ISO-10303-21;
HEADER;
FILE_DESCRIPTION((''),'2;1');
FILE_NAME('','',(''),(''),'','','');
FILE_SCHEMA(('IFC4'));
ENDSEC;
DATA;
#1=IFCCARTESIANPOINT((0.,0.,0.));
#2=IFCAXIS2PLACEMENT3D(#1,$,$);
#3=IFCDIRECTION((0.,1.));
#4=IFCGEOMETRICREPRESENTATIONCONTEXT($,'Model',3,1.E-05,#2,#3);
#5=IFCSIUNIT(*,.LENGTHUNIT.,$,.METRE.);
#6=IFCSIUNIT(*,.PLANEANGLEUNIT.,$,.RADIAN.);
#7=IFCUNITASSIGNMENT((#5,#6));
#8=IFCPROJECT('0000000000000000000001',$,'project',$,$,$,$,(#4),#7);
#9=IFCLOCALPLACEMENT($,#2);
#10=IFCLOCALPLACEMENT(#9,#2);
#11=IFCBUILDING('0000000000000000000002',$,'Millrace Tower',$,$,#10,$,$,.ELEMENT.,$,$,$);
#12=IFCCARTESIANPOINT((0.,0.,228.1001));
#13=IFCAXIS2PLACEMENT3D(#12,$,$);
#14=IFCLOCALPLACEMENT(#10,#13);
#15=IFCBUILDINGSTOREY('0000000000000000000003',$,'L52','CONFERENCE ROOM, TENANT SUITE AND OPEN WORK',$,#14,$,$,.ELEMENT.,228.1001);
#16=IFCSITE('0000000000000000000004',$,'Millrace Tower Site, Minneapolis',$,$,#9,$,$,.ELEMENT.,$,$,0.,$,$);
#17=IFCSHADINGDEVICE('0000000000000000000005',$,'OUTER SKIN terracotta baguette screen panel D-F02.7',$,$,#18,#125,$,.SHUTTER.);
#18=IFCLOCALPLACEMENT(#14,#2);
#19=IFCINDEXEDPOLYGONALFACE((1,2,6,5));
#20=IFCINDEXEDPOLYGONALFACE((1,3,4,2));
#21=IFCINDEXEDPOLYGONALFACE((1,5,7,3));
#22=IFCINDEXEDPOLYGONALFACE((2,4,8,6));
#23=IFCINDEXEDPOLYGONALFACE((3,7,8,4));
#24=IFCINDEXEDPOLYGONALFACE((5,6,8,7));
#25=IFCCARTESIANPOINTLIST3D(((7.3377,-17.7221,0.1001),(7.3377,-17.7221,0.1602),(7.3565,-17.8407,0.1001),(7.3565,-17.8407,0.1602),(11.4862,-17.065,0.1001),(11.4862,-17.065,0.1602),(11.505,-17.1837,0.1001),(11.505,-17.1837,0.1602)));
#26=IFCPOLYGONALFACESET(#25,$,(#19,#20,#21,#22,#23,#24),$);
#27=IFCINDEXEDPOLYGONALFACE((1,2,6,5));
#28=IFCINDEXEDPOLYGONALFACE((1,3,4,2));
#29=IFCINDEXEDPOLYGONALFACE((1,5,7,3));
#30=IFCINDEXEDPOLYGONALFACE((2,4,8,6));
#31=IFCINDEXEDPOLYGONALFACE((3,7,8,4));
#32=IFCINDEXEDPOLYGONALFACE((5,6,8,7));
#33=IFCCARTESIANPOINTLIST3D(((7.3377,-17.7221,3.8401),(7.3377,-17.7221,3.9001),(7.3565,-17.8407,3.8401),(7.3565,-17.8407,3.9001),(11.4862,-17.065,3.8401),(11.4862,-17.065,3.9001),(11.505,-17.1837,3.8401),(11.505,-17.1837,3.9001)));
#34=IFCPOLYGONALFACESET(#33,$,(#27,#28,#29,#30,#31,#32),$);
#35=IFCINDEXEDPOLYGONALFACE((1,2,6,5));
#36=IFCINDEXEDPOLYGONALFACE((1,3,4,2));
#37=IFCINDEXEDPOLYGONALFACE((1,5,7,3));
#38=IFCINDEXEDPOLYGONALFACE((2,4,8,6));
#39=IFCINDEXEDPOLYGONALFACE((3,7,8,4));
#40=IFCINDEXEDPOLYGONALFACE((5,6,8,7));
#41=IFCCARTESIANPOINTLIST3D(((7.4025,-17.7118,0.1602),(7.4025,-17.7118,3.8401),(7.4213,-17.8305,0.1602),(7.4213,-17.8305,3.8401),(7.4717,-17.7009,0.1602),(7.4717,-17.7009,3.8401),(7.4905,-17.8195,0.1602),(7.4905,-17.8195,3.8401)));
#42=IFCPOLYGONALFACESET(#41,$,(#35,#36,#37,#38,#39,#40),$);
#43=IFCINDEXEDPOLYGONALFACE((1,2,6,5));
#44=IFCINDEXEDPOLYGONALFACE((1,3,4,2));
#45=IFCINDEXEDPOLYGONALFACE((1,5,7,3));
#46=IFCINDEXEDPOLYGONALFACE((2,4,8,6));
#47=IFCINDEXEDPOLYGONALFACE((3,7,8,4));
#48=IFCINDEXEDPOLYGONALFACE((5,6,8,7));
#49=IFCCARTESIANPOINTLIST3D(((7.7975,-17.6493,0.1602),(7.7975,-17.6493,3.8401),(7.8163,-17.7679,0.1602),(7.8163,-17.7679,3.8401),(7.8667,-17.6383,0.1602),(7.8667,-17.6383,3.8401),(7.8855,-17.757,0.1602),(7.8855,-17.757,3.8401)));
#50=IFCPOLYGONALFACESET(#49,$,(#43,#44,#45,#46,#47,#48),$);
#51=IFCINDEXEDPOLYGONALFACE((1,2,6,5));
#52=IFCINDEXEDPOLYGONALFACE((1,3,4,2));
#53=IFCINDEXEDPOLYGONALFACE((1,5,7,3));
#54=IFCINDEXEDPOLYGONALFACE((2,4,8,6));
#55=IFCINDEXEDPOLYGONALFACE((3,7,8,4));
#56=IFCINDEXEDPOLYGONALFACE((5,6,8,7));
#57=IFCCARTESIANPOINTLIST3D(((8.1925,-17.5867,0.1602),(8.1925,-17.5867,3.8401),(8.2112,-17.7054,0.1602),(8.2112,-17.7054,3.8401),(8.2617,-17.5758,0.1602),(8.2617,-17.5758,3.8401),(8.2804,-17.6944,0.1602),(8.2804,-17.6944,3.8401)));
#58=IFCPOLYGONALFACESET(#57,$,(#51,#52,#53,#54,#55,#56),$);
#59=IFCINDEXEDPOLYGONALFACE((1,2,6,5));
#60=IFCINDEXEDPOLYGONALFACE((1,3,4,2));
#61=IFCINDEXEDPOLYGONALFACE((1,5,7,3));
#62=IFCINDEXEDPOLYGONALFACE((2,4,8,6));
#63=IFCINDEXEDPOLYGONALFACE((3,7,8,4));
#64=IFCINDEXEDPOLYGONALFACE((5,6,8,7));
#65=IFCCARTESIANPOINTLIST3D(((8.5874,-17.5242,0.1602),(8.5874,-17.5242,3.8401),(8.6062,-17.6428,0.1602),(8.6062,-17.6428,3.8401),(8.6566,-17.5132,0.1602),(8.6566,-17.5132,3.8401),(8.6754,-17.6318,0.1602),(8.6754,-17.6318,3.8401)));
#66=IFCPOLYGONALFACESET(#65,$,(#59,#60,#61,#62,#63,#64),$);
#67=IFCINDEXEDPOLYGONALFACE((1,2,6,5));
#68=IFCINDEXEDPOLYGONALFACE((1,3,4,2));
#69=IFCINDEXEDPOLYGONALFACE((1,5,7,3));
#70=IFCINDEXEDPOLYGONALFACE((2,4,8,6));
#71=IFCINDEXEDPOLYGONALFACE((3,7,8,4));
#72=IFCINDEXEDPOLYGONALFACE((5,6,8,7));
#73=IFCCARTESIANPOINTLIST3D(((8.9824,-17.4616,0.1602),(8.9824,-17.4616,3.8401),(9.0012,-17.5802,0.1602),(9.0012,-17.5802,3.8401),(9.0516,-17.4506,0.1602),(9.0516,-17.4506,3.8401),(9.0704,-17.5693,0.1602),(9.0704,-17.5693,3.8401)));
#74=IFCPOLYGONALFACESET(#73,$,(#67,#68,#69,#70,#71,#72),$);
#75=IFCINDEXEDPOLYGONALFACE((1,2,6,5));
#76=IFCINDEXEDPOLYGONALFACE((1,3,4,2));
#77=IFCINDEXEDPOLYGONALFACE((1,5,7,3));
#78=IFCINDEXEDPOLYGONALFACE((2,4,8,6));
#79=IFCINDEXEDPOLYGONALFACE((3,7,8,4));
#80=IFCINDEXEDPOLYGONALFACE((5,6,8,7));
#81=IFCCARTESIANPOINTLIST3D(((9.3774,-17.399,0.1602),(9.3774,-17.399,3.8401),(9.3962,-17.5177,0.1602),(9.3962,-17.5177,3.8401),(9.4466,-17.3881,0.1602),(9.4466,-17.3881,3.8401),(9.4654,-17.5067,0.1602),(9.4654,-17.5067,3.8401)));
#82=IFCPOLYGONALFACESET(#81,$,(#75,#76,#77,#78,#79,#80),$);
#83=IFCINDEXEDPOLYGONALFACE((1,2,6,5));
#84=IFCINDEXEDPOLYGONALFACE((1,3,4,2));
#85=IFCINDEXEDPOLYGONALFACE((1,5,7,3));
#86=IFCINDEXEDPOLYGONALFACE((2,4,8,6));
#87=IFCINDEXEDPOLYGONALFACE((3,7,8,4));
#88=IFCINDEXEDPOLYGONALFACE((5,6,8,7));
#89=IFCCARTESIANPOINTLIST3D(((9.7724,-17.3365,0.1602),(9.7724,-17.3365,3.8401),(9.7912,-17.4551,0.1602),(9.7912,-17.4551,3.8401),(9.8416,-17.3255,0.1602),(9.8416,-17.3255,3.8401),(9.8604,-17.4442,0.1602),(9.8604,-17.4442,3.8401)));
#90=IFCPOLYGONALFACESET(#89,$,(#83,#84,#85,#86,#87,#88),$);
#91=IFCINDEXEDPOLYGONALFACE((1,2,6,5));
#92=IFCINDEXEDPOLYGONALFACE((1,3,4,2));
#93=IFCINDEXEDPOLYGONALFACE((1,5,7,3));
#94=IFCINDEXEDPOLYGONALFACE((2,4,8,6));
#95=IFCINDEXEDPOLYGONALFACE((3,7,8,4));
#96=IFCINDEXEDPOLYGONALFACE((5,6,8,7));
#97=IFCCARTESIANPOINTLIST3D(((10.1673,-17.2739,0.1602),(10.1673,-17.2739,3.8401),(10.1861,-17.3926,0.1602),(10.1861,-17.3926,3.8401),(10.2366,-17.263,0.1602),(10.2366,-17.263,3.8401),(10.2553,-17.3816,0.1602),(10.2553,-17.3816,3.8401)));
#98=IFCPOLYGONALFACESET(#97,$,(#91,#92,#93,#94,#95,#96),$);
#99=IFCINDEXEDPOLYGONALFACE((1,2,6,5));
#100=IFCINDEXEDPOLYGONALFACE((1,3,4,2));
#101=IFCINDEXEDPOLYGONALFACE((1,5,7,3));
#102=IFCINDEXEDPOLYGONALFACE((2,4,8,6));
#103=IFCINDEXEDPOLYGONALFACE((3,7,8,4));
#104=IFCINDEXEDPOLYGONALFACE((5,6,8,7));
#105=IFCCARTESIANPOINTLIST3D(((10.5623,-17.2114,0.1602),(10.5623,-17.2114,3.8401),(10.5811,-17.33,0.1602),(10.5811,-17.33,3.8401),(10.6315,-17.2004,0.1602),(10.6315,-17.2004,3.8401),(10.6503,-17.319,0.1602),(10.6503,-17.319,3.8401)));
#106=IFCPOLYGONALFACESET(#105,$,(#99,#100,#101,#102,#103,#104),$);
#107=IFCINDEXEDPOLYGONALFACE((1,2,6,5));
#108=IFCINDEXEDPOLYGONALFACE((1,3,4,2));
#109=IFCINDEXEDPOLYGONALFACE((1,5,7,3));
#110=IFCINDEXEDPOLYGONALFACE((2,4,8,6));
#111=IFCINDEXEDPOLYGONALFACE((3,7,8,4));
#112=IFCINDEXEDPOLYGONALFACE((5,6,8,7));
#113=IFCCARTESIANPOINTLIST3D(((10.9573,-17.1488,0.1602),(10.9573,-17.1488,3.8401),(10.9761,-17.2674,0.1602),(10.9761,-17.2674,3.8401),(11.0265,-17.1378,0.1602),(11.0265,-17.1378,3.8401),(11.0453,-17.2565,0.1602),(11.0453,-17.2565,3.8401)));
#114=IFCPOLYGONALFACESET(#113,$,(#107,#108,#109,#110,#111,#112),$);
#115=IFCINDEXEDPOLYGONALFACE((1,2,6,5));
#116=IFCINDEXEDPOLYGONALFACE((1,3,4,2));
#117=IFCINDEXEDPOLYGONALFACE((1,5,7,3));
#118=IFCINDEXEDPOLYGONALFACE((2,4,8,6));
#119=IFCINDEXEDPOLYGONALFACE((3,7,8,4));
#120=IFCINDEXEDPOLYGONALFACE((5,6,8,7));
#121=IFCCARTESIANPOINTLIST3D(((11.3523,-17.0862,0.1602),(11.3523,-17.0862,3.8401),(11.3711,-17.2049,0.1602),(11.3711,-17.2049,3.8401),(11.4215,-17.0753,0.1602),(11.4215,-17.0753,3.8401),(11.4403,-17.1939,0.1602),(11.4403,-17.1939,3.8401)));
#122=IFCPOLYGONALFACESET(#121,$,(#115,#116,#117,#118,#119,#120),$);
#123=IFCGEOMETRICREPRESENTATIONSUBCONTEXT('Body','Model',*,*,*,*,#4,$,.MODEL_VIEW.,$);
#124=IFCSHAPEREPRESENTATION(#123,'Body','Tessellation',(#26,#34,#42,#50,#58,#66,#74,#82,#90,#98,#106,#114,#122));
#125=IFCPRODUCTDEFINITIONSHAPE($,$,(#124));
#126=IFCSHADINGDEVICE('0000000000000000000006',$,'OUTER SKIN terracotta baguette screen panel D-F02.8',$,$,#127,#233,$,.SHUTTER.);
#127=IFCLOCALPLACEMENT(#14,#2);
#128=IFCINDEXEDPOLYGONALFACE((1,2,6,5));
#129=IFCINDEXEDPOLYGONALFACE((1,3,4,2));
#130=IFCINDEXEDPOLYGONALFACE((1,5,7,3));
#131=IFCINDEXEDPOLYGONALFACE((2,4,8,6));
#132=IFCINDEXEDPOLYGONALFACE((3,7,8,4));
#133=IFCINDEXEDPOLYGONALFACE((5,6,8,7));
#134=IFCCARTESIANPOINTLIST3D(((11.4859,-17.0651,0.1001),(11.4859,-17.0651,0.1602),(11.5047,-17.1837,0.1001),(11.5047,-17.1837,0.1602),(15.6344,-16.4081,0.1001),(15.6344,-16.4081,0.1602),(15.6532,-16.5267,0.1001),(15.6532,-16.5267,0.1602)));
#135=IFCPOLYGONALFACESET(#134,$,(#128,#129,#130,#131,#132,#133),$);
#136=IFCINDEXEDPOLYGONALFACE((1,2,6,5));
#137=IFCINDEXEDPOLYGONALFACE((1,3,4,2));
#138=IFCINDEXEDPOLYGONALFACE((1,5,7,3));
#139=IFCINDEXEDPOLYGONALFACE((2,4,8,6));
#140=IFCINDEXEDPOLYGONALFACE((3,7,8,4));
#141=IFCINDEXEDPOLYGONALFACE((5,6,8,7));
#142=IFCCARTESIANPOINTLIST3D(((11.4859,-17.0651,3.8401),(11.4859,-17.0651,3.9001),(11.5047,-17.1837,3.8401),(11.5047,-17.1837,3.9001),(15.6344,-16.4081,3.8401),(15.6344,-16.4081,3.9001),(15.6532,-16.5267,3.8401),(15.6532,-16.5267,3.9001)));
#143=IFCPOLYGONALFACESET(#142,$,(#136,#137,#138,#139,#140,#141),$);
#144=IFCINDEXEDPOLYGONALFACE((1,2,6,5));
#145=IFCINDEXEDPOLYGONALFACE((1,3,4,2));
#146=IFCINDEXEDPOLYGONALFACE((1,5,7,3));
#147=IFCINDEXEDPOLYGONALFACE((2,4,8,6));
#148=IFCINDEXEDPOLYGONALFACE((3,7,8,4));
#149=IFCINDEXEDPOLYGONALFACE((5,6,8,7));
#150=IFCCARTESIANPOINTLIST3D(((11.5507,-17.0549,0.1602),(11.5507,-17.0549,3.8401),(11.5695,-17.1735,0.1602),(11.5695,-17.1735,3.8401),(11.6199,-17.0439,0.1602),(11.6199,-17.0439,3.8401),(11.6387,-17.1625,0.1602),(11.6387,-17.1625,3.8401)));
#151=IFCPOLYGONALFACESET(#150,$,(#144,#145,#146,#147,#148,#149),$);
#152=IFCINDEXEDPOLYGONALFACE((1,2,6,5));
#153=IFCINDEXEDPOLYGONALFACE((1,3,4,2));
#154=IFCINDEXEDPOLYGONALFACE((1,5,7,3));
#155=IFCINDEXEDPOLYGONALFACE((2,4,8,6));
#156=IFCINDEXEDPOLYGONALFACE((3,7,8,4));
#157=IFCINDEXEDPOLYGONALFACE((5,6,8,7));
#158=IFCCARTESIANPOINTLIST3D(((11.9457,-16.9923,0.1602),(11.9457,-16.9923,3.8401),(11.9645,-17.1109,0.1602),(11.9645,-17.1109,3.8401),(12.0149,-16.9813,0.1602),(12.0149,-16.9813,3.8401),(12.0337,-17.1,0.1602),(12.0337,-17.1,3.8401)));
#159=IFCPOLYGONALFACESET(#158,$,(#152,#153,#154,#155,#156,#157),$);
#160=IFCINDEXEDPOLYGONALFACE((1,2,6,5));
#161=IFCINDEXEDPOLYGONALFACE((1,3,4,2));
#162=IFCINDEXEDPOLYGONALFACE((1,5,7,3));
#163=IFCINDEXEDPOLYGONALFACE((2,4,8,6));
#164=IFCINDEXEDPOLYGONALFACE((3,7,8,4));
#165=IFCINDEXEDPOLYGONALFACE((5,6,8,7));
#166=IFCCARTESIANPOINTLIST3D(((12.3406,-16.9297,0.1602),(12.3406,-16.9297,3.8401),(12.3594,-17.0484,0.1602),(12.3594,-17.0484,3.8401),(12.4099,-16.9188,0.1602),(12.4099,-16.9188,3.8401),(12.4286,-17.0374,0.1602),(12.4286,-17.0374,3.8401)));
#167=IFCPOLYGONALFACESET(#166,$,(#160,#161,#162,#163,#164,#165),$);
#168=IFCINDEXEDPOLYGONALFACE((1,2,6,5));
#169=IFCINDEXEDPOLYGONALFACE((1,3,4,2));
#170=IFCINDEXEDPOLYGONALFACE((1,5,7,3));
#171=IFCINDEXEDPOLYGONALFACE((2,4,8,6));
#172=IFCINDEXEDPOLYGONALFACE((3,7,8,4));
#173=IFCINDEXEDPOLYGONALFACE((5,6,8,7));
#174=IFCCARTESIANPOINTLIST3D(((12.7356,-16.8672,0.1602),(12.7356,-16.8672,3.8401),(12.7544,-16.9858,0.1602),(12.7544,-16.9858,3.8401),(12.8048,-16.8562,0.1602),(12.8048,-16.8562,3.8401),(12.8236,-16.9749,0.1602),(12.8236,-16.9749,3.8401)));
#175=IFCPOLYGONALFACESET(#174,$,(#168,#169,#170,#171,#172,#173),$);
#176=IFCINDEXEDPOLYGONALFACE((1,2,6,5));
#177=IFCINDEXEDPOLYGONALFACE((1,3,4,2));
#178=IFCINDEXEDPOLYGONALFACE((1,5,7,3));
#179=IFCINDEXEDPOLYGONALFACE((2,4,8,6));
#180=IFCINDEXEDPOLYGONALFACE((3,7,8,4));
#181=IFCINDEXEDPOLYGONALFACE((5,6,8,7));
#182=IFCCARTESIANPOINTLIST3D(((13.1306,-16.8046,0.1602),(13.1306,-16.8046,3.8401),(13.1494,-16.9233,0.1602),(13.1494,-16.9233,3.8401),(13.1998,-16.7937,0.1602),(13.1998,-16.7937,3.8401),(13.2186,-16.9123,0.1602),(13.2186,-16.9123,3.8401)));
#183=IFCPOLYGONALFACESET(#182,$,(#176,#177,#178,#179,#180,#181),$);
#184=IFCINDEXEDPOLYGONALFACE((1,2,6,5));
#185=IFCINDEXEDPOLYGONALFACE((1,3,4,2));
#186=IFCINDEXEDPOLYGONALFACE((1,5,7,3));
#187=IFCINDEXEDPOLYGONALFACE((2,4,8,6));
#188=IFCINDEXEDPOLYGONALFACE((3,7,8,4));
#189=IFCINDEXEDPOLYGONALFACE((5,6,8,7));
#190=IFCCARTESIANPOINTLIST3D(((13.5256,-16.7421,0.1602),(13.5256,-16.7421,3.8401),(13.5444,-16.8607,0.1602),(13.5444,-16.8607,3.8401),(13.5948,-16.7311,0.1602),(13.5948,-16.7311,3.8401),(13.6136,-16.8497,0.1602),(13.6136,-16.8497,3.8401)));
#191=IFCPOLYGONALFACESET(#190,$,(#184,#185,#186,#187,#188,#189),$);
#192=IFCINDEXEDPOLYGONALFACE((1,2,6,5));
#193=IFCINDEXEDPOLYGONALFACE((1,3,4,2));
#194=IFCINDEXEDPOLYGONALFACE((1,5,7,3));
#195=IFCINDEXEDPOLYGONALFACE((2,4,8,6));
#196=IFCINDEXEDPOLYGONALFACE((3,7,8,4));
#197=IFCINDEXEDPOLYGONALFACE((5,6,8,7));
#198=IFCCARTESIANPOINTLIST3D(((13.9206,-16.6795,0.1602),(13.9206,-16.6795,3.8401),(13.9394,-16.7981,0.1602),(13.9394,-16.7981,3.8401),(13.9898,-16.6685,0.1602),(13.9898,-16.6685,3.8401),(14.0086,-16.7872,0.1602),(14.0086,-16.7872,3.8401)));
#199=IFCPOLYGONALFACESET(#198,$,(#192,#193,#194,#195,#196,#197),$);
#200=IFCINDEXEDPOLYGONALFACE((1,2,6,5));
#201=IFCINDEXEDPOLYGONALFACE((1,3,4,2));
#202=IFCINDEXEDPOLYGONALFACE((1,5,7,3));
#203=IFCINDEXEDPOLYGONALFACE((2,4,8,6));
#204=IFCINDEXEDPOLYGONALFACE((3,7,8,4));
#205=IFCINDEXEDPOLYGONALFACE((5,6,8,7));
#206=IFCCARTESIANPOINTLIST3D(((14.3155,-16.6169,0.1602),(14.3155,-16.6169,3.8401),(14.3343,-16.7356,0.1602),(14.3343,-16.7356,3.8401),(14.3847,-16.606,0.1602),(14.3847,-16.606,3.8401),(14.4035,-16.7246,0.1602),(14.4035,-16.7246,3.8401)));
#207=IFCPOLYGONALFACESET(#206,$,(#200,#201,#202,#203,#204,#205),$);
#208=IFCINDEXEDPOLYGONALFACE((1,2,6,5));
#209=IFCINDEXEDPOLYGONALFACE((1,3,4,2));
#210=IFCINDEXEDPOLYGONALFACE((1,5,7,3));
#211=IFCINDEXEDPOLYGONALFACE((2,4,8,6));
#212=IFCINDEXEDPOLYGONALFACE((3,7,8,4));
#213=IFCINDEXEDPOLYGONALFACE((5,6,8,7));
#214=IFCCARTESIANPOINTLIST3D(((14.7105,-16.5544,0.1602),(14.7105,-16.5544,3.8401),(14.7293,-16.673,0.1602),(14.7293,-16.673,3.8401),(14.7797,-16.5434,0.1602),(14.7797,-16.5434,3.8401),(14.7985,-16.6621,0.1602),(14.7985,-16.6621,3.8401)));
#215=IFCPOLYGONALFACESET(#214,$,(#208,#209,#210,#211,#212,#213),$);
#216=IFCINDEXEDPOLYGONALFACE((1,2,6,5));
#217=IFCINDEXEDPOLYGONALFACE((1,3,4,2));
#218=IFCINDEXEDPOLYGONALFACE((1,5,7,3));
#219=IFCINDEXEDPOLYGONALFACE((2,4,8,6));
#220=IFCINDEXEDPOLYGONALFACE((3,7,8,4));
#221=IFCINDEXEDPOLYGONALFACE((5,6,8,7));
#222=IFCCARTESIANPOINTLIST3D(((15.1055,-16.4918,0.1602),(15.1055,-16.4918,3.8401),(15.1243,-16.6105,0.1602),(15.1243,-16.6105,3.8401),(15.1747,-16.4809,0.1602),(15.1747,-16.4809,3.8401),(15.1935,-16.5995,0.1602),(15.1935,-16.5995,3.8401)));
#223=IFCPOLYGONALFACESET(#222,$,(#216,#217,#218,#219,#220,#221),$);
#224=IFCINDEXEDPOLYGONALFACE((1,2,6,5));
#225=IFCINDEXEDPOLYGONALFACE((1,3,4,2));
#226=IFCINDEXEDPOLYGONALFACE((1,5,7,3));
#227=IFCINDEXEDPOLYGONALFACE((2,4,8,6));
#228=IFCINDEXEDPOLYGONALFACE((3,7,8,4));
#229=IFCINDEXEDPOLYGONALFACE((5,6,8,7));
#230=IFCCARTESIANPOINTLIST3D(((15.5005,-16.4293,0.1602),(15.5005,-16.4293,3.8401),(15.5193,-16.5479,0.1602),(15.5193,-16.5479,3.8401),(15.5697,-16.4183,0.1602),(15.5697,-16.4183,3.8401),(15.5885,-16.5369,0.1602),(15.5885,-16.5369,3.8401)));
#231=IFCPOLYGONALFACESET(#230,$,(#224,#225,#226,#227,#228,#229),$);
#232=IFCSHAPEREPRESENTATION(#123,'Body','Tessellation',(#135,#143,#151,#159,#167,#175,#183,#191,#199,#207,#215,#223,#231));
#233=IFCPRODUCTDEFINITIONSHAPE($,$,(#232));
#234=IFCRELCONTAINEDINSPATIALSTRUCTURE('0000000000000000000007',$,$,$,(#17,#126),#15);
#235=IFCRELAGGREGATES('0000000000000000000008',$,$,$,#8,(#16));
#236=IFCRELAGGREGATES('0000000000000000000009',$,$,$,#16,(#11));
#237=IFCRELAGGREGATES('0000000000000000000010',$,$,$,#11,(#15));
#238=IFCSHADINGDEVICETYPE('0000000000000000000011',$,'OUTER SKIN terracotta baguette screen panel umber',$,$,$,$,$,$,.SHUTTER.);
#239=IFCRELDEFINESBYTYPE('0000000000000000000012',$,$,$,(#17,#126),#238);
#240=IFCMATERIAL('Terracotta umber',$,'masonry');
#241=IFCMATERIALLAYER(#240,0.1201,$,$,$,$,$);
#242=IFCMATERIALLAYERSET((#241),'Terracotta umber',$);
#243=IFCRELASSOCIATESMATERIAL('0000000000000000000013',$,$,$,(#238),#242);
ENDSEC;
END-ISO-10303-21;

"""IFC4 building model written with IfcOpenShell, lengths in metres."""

from ifc_helpers import new_model, entity, si_unit, direction, frame, frame_2d, origin, origin_2d, place, context, subcontext, project, spatial, rectangle, extrude, source, transform, mapped, material, layer, layer_set, type_object, element, save


model = new_model("IFC4")

# Units and contexts
model_context = context("Model", 3, precision=1e-05, world=origin(), true_north=direction((0.0, 1.0)))
body_context = subcontext(model_context, "Body", "Model", "MODEL_VIEW")
ifc_project = project(units=[si_unit("LENGTHUNIT", "METRE"), si_unit("PLANEANGLEUNIT", "RADIAN")], contexts=[model_context])

# Site, building, storey
site_placement = place(None, origin())
site = spatial("IfcSite", under=ifc_project, at=site_placement, Name="Millrace Tower Site, Minneapolis", CompositionType="ELEMENT", RefElevation=0.0)
building_placement = place(site_placement, origin())
building = spatial("IfcBuilding", under=site, at=building_placement, Name="Millrace Tower", CompositionType="ELEMENT")
storey_placement = place(building_placement, frame((0.0, 0.0, 228.1001)))
storey = spatial("IfcBuildingStorey", under=building, at=storey_placement, Name="L52", Description="CONFERENCE ROOM, TENANT SUITE AND OPEN WORK", CompositionType="ELEMENT", Elevation=228.1001)

# Shading devices
ifc_material_1 = material(Name="Terracotta umber", Category="masonry")
ifc_layer_1 = layer(ifc_material_1, 0.1201)
ifc_layer_set_1 = layer_set([ifc_layer_1], Name="Terracotta umber")
shading_device_type = type_object("IfcShadingDeviceType", Name="OUTER SKIN terracotta baguette screen panel umber", PredefinedType="SHUTTER", material=ifc_layer_set_1)
cartesian_point = entity("IfcCartesianPoint", [-2.1001, 0.0601])
shared_polyline = entity("IfcPolyline", [cartesian_point, entity("IfcCartesianPoint", [2.1001, 0.0601]), entity("IfcCartesianPoint", [2.1001, -0.0601]), entity("IfcCartesianPoint", [-2.1001, -0.0601]), cartesian_point])
shared_shape = source(origin(), body_context, "Body", "SweptSolid", [
    entity("IfcExtrudedAreaSolid", entity("IfcArbitraryClosedProfileDef", "AREA", None, shared_polyline), entity("IfcAxis2Placement3D", entity("IfcCartesianPoint", [0.0, 0.0, 0.0])), entity("IfcDirection", [0.0, 0.0, 1.0]), 0.0601),
    entity("IfcExtrudedAreaSolid", entity("IfcArbitraryClosedProfileDef", "AREA", None, shared_polyline), entity("IfcAxis2Placement3D", entity("IfcCartesianPoint", [0.0, 0.0, 3.74])), entity("IfcDirection", [0.0, 0.0, 1.0]), 0.0601),
    extrude(rectangle(XDim=0.0701, YDim=0.1201, at=frame_2d((-1.9995, 0.0))), frame((0.0, 0.0, 0.0601)), (0.0, 0.0, 1.0), 3.6799),
    extrude(rectangle(XDim=0.0701, YDim=0.1201, at=frame_2d((-1.5996, 0.0))), frame((0.0, 0.0, 0.0601)), (0.0, 0.0, 1.0), 3.6799),
    extrude(rectangle(XDim=0.0701, YDim=0.1201, at=frame_2d((-1.1997, 0.0))), frame((0.0, 0.0, 0.0601)), (0.0, 0.0, 1.0), 3.6799),
    extrude(rectangle(XDim=0.0701, YDim=0.1201, at=frame_2d((-0.7998, 0.0))), frame((0.0, 0.0, 0.0601)), (0.0, 0.0, 1.0), 3.6799),
    extrude(rectangle(XDim=0.0701, YDim=0.1201, at=frame_2d((-0.3999, 0.0))), frame((0.0, 0.0, 0.0601)), (0.0, 0.0, 1.0), 3.6799),
    extrude(rectangle(XDim=0.0701, YDim=0.1201, at=origin_2d()), frame((0.0, 0.0, 0.0601)), (0.0, 0.0, 1.0), 3.6799),
    extrude(rectangle(XDim=0.0701, YDim=0.1201, at=frame_2d((0.3999, 0.0))), frame((0.0, 0.0, 0.0601)), (0.0, 0.0, 1.0), 3.6799),
    extrude(rectangle(XDim=0.0701, YDim=0.1201, at=frame_2d((0.7998, 0.0))), frame((0.0, 0.0, 0.0601)), (0.0, 0.0, 1.0), 3.6799),
    extrude(rectangle(XDim=0.0701, YDim=0.1201, at=frame_2d((1.1997, 0.0))), frame((0.0, 0.0, 0.0601)), (0.0, 0.0, 1.0), 3.6799),
    extrude(rectangle(XDim=0.0701, YDim=0.1201, at=frame_2d((1.5996, 0.0))), frame((0.0, 0.0, 0.0601)), (0.0, 0.0, 1.0), 3.6799),
    extrude(rectangle(XDim=0.0701, YDim=0.1201, at=frame_2d((1.9995, 0.0))), frame((0.0, 0.0, 0.0601)), (0.0, 0.0, 1.0), 3.6799),
])
for number, where, z_axis, x_axis, name in (
    (1, (9.4214, -17.4529, 0.1001), (0.0, 0.0, 1.0), (0.987688, 0.156434, 0.0), "OUTER SKIN terracotta baguette screen panel D-F02.7"),
    (2, (13.5696, -16.7959, 0.1001), (0.0, 0.0, 1.0), (0.987688, 0.156434, 0.0), "OUTER SKIN terracotta baguette screen panel D-F02.8"),
):
    element("IfcShadingDevice", number, at=place(storey_placement, frame(where, z_axis=z_axis, x_axis=x_axis)), inside=storey, type_object=shading_device_type, Name=name, PredefinedType="SHUTTER", context=body_context, shape_type="MappedRepresentation", body=[
        mapped(shared_shape, transform((0.0, 0.0, 0.0), scale=1.0)),
    ])

save(model, "model.ifc")
